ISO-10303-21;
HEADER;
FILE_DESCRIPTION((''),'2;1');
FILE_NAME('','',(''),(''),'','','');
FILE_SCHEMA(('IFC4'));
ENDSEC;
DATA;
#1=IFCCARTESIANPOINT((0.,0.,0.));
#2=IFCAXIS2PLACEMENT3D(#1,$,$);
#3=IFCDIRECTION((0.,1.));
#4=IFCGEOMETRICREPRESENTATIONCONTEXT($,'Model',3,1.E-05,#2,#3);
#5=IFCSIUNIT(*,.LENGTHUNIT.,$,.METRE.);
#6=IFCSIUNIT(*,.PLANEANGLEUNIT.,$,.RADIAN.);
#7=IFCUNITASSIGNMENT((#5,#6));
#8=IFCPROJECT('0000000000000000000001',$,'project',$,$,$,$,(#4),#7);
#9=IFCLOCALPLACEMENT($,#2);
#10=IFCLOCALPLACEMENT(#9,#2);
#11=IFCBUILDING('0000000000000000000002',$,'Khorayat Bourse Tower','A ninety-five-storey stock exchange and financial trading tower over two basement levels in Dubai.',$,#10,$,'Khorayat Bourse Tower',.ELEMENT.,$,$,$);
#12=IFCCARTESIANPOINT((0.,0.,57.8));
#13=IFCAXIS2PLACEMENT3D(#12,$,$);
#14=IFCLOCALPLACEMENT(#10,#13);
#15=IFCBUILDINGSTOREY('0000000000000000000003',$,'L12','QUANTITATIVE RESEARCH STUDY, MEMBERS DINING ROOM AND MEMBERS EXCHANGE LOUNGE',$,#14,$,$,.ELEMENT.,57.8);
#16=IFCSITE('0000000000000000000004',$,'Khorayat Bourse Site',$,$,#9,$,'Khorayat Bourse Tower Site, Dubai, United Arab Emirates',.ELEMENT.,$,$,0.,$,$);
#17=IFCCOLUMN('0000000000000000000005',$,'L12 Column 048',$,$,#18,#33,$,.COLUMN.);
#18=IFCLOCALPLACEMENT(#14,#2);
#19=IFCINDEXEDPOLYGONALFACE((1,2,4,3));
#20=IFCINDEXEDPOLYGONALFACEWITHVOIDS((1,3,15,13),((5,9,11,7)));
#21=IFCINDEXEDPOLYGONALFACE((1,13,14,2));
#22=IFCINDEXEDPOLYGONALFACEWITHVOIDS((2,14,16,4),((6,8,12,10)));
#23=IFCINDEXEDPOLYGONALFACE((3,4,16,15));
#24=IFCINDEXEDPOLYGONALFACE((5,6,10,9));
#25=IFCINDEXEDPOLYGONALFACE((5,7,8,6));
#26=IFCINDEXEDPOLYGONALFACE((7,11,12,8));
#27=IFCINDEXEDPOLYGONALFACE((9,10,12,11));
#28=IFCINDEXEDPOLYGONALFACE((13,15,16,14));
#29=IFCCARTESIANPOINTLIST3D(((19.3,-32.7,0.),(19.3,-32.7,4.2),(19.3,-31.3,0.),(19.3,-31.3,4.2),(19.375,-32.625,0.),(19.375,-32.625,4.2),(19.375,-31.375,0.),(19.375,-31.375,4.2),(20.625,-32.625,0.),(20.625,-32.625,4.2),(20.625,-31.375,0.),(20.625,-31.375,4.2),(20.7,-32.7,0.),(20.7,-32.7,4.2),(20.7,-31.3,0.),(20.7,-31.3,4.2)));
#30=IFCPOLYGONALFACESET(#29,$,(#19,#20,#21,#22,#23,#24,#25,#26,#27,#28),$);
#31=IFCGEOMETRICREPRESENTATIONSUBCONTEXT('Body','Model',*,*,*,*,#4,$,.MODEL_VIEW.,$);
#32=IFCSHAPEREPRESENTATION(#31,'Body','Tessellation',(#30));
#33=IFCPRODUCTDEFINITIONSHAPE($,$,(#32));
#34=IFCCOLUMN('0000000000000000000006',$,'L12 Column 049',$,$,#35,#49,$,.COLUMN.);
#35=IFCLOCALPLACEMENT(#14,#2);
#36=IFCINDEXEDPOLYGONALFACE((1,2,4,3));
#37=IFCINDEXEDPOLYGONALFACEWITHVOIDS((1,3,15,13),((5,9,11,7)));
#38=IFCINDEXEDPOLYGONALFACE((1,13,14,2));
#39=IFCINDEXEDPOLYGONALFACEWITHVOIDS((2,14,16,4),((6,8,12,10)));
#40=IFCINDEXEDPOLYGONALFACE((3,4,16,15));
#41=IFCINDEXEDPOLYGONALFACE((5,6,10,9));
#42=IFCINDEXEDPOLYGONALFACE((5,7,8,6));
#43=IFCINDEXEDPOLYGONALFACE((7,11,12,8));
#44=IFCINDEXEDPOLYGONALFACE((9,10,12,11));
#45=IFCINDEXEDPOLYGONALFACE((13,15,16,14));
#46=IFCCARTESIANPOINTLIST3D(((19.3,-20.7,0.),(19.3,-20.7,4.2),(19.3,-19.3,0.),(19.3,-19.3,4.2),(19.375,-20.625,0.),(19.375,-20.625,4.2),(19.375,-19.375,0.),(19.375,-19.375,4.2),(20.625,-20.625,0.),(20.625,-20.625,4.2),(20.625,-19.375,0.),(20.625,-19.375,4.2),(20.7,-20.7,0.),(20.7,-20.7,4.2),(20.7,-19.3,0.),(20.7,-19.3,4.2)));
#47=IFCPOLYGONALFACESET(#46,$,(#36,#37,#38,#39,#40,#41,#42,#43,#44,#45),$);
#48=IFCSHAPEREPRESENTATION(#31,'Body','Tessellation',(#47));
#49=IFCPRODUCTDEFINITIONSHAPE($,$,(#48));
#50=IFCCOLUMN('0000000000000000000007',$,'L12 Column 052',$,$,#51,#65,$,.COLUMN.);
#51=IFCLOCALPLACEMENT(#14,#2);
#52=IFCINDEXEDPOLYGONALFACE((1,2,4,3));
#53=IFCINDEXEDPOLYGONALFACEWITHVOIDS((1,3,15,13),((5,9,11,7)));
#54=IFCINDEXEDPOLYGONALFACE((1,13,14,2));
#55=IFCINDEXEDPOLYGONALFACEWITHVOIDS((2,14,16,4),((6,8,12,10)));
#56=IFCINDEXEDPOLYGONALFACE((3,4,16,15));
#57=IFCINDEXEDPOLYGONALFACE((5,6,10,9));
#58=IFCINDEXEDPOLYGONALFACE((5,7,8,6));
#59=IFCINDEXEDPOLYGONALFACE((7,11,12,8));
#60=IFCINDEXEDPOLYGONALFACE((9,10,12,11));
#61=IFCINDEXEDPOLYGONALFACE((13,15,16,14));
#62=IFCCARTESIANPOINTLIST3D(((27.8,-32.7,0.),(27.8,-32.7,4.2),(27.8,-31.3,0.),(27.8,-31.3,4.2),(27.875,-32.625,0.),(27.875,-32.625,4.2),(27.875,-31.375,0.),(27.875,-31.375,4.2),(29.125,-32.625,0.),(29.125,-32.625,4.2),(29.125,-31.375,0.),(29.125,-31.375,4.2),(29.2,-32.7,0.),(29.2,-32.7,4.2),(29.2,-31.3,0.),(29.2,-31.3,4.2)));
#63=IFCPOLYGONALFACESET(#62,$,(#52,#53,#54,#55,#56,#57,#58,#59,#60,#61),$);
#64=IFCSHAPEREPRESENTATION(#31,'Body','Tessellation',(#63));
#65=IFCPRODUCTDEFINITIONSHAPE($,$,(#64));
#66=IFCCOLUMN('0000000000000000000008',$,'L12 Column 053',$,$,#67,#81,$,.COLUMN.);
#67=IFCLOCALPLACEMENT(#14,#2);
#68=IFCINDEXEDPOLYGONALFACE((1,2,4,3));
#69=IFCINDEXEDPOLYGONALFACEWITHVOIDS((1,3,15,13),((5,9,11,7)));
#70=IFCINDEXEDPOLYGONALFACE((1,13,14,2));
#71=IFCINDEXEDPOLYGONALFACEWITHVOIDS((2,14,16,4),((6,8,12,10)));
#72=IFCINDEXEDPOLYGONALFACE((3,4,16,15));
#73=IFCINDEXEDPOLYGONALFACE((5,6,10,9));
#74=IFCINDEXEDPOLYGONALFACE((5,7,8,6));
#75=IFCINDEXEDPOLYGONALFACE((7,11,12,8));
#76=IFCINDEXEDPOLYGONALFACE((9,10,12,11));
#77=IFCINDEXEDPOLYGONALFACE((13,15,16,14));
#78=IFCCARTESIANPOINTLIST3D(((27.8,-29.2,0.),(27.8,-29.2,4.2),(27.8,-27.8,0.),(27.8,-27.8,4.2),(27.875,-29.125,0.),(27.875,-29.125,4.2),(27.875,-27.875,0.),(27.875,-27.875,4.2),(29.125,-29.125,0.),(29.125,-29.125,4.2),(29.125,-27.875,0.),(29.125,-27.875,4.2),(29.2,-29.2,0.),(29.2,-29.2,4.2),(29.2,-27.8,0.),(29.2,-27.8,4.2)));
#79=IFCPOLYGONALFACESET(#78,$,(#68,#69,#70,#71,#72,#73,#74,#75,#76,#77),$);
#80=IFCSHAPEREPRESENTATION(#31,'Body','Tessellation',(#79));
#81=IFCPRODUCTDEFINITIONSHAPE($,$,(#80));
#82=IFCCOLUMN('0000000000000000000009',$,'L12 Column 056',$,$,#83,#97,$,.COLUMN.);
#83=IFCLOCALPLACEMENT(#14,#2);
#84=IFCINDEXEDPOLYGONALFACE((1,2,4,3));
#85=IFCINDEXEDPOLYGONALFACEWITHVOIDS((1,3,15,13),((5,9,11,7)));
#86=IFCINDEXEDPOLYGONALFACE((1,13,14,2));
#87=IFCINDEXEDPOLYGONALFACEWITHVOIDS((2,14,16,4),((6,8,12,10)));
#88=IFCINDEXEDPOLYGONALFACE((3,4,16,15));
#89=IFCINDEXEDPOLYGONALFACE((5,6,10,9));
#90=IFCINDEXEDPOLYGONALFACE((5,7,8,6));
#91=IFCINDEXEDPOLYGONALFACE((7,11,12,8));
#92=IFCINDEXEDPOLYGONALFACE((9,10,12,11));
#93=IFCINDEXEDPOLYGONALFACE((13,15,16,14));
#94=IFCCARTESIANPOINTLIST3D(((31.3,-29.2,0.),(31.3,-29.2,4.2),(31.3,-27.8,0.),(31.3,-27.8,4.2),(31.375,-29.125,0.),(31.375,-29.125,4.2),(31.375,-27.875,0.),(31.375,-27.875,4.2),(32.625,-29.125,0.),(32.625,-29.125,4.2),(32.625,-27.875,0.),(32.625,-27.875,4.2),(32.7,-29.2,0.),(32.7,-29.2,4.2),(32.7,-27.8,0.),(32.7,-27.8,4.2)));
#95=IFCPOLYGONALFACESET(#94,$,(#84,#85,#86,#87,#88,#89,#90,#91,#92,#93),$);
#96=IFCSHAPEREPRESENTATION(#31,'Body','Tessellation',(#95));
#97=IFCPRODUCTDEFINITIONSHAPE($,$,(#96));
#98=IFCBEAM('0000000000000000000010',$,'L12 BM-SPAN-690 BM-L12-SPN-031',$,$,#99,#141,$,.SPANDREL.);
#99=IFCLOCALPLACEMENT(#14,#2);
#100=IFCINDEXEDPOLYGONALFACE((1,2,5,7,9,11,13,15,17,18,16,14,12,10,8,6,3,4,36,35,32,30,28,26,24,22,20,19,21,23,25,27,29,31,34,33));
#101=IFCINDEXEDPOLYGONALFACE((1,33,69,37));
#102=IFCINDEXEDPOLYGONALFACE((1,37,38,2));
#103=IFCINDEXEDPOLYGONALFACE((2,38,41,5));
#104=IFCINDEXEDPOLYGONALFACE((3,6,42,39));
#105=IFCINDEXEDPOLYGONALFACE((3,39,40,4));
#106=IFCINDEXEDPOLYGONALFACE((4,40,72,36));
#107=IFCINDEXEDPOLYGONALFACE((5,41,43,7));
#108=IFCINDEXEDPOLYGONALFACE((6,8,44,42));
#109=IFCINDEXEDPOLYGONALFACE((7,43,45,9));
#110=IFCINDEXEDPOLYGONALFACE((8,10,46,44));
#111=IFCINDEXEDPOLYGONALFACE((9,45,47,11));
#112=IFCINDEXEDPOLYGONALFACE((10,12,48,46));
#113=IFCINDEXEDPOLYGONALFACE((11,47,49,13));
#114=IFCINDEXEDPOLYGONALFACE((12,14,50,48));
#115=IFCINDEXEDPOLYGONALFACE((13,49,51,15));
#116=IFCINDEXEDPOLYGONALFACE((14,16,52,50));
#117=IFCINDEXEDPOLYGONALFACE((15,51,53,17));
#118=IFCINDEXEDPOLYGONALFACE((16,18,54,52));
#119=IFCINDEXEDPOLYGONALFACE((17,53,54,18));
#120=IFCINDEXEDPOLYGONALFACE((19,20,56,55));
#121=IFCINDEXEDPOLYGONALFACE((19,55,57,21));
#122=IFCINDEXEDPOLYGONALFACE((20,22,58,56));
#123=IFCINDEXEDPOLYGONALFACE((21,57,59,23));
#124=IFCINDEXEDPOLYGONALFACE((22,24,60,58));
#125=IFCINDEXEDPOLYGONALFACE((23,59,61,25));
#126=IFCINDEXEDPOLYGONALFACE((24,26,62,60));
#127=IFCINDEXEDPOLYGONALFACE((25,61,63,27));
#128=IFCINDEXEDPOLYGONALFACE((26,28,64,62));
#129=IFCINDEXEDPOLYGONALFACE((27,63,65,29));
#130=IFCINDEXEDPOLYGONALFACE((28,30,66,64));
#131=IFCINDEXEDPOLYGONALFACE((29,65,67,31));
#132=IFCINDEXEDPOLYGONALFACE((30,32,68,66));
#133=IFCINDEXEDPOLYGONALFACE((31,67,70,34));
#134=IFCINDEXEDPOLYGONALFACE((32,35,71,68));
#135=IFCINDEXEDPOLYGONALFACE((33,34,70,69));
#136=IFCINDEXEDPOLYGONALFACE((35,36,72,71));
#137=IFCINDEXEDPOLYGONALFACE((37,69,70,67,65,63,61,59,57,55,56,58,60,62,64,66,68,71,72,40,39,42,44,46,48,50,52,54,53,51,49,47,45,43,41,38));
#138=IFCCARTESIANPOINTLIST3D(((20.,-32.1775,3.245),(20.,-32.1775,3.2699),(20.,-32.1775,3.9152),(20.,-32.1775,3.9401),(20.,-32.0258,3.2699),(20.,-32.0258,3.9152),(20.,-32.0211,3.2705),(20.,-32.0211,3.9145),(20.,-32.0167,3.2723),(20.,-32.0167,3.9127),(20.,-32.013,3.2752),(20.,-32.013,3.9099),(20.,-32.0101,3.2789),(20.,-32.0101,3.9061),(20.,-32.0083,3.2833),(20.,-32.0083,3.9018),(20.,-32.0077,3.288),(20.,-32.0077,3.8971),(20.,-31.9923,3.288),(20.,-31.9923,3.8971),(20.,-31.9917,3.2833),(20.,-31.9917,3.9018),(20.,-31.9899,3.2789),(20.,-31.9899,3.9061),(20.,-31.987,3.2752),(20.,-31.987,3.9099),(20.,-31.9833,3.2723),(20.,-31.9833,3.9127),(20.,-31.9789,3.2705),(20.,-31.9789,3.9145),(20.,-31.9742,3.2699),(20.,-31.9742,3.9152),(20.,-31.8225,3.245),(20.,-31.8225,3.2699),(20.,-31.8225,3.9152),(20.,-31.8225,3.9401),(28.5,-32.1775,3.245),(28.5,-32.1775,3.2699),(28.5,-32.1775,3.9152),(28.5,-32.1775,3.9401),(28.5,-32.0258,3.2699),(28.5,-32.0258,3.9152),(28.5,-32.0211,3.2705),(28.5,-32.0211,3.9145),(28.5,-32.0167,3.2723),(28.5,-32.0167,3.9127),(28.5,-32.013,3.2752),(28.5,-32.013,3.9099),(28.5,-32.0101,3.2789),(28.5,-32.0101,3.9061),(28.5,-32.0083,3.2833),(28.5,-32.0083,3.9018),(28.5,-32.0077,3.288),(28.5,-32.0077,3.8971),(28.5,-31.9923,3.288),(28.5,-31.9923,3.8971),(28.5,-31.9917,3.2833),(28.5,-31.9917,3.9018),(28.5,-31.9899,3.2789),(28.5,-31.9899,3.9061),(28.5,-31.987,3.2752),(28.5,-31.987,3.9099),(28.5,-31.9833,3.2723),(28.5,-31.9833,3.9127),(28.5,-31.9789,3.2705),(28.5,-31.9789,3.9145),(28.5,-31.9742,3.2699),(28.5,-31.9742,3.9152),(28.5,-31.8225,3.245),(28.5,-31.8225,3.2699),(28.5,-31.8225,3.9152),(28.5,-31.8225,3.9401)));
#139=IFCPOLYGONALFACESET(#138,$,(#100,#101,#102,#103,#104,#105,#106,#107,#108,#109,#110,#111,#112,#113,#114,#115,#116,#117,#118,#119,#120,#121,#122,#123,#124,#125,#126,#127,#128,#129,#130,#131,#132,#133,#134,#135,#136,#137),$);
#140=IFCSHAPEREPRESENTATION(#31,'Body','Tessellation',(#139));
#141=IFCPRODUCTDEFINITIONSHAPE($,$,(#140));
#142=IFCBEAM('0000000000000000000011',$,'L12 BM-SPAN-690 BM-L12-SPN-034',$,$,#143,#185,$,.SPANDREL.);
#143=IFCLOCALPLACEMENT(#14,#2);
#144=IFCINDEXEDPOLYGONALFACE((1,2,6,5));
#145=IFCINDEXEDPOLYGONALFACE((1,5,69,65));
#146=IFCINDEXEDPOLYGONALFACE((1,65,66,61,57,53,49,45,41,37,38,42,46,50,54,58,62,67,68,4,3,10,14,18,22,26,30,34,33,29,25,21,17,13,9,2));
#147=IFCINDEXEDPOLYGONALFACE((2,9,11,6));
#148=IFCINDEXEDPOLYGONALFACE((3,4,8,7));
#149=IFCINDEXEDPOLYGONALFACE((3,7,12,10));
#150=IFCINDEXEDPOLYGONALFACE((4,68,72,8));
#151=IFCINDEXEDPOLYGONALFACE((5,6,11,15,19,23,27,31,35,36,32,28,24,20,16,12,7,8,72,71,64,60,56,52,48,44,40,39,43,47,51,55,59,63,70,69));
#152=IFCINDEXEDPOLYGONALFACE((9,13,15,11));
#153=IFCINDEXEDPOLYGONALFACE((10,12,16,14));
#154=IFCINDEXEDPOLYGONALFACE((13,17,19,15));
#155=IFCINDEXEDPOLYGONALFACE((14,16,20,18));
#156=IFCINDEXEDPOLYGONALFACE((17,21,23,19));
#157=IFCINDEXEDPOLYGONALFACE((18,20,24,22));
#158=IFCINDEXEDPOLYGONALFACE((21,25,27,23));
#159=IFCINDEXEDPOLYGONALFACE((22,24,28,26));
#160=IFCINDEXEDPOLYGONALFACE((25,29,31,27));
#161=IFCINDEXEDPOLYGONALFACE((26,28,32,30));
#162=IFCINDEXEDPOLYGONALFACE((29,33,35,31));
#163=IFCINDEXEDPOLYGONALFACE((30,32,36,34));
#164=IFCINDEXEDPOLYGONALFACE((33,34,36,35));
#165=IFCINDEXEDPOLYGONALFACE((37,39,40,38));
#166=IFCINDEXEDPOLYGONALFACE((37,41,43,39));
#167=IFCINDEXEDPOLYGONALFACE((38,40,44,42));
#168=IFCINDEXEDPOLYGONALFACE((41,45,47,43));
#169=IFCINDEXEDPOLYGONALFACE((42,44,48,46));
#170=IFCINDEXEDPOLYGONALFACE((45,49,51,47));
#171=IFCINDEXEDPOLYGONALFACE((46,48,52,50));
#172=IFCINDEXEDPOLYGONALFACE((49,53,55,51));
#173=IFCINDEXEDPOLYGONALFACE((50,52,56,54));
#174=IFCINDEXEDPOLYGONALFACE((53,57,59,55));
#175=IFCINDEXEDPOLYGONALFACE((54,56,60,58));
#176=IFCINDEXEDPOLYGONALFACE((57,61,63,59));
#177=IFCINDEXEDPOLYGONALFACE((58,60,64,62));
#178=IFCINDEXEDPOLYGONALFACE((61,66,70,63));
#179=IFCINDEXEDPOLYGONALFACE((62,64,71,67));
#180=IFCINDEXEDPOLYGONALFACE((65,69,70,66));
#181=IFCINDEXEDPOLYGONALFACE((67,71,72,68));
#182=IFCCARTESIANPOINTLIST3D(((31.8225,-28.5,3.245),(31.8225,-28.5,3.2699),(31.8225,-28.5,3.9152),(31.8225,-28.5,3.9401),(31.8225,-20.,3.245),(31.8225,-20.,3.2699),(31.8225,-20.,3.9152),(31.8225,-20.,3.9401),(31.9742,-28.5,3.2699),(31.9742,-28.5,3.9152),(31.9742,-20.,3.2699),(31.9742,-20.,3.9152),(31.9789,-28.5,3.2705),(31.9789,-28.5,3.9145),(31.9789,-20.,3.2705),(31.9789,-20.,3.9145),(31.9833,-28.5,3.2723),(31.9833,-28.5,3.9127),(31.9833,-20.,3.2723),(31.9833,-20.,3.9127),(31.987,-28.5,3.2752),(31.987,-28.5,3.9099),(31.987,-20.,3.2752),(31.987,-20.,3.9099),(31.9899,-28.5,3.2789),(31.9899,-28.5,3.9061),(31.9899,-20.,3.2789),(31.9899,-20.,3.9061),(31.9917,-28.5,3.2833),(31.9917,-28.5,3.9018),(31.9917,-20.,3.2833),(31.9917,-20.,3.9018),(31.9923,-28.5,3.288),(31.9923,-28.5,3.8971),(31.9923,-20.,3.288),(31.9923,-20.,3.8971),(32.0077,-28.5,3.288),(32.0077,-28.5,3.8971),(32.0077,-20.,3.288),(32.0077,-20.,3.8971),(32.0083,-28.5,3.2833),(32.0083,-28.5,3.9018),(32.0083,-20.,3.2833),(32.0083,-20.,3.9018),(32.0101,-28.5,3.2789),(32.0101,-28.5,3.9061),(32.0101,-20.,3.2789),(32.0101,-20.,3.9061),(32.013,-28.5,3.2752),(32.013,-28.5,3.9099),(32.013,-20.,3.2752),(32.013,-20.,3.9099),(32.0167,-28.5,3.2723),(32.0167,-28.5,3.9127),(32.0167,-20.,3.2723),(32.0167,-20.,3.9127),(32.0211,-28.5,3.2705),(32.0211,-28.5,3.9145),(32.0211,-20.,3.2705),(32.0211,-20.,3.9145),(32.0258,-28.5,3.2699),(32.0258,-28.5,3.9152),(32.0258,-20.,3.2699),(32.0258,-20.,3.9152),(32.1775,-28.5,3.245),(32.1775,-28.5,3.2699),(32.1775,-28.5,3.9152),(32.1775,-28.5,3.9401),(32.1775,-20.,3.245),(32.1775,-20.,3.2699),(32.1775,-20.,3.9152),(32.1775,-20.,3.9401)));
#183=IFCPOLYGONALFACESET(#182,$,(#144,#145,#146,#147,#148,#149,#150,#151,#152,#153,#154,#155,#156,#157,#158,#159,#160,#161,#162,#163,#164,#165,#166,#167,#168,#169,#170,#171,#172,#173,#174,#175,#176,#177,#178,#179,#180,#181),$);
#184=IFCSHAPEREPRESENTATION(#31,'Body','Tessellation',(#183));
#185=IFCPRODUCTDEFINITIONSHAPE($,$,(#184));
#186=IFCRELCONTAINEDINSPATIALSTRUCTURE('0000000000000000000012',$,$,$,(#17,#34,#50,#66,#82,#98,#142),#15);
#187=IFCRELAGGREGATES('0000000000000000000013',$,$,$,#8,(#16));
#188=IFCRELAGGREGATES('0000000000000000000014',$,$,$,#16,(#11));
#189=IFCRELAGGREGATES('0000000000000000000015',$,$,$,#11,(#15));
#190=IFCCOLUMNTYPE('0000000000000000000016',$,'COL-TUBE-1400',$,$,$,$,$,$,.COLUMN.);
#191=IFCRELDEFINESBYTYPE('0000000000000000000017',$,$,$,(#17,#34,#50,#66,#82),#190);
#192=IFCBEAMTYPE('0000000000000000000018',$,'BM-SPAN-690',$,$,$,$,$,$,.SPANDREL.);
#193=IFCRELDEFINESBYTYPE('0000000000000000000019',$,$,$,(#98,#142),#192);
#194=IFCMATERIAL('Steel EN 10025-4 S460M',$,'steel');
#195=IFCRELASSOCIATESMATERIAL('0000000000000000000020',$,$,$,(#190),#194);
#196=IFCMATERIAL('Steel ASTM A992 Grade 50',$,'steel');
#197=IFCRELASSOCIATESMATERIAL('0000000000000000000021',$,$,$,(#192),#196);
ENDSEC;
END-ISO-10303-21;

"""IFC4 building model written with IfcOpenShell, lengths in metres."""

from ifc_helpers import new_model, si_unit, direction, frame, origin, origin_2d, place, context, subcontext, project, spatial, hollow_rectangle, i_section, extrude, source, transform, mapped, material, material_profile, profile_set, type_object, element, save


model = new_model("IFC4")

# Units and contexts
model_context = context("Model", 3, precision=1e-05, world=origin(), true_north=direction((0.0, 1.0)))
body_context = subcontext(model_context, "Body", "Model", "MODEL_VIEW")
ifc_project = project(units=[si_unit("LENGTHUNIT", "METRE"), si_unit("PLANEANGLEUNIT", "RADIAN")], contexts=[model_context])

# Site, building, storey
site_placement = place(None, origin())
site = spatial("IfcSite", under=ifc_project, at=site_placement, Name="Khorayat Bourse Site", LongName="Khorayat Bourse Tower Site, Dubai, United Arab Emirates", CompositionType="ELEMENT", RefElevation=0.0)
building_placement = place(site_placement, origin())
building = spatial("IfcBuilding", under=site, at=building_placement, Name="Khorayat Bourse Tower", Description="A ninety-five-storey stock exchange and financial trading tower over two basement levels in Dubai.", LongName="Khorayat Bourse Tower", CompositionType="ELEMENT")
storey_placement = place(building_placement, frame((0.0, 0.0, 57.8)))
storey = spatial("IfcBuildingStorey", under=building, at=storey_placement, Name="L12", Description="QUANTITATIVE RESEARCH STUDY, MEMBERS DINING ROOM AND MEMBERS EXCHANGE LOUNGE", CompositionType="ELEMENT", Elevation=57.8)

# Columns
ifc_material_1 = material(Name="Steel EN 10025-4 S460M", Category="steel")
ifc_material_profile_1 = material_profile(ifc_material_1, hollow_rectangle(XDim=1.3999, YDim=1.3999, WallThickness=0.075, at=origin_2d()), Name="BOX 1400x1400x75")
ifc_profile_set_1 = profile_set([ifc_material_profile_1], Name="Steel EN 10025-4 S460M")
column_type = type_object("IfcColumnType", Name="COL-TUBE-1400", PredefinedType="COLUMN", material=ifc_profile_set_1)
shared_shape_1 = source(origin(), body_context, "Body", "SweptSolid", [
    extrude(hollow_rectangle(XDim=1.3999, YDim=1.3999, WallThickness=0.075, at=origin_2d()), origin(), (0.0, 0.0, 1.0), 4.2),
])
for number, where, z_axis, x_axis, name in (
    (1, (20.0, -32.0, 0.0), (0.0, 0.0, 1.0), (1.0, 0.0, 0.0), "L12 Column 048"),
    (2, (20.0, -20.0, 0.0), (0.0, 0.0, 1.0), (1.0, 0.0, 0.0), "L12 Column 049"),
    (3, (28.5, -32.0, 0.0), (0.0, 0.0, 1.0), (1.0, 0.0, 0.0), "L12 Column 052"),
    (4, (28.5, -28.5, 0.0), (0.0, 0.0, 1.0), (1.0, 0.0, 0.0), "L12 Column 053"),
    (5, (32.0, -28.5, 0.0), (0.0, 0.0, 1.0), (1.0, 0.0, 0.0), "L12 Column 056"),
):
    element("IfcColumn", number, at=place(storey_placement, frame(where, z_axis=z_axis, x_axis=x_axis)), inside=storey, type_object=column_type, Name=name, PredefinedType="COLUMN", context=body_context, shape_type="MappedRepresentation", body=[
        mapped(shared_shape_1, transform((0.0, 0.0, 0.0), scale=1.0)),
    ])

# Beams
ifc_material_2 = material(Name="Steel ASTM A992 Grade 50", Category="steel")
ifc_material_profile_2 = material_profile(ifc_material_2, i_section(OverallWidth=0.355, OverallDepth=0.6951, WebThickness=0.0154, FlangeThickness=0.0249, FilletRadius=0.0181, at=origin_2d()), Name="W690X217")
ifc_profile_set_2 = profile_set([ifc_material_profile_2], Name="Steel ASTM A992 Grade 50")
beam_type_1 = type_object("IfcBeamType", Name="BM-SPAN-690", PredefinedType="SPANDREL", material=ifc_profile_set_2)
shared_shape_2 = source(origin(), body_context, "Body", "SweptSolid", [
    extrude(i_section(OverallWidth=0.355, OverallDepth=0.6951, WebThickness=0.0154, FlangeThickness=0.0249, FilletRadius=0.0181, at=origin_2d()), origin(), (0.0, 0.0, 1.0), 8.5),
])
for number, where, z_axis, x_axis, name in (
    (6, (20.0, -32.0, 3.5925), (1.0, 0.0, 0.0), (0.0, 1.0, 0.0), "L12 BM-SPAN-690 BM-L12-SPN-031"),
    (7, (32.0, -28.5, 3.5925), (0.0, 1.0, 0.0), (-1.0, 0.0, 0.0), "L12 BM-SPAN-690 BM-L12-SPN-034"),
):
    element("IfcBeam", number, at=place(storey_placement, frame(where, z_axis=z_axis, x_axis=x_axis)), inside=storey, type_object=beam_type_1, Name=name, PredefinedType="SPANDREL", context=body_context, shape_type="MappedRepresentation", body=[
        mapped(shared_shape_2, transform((0.0, 0.0, 0.0), scale=1.0)),
    ])

save(model, "model.ifc")
